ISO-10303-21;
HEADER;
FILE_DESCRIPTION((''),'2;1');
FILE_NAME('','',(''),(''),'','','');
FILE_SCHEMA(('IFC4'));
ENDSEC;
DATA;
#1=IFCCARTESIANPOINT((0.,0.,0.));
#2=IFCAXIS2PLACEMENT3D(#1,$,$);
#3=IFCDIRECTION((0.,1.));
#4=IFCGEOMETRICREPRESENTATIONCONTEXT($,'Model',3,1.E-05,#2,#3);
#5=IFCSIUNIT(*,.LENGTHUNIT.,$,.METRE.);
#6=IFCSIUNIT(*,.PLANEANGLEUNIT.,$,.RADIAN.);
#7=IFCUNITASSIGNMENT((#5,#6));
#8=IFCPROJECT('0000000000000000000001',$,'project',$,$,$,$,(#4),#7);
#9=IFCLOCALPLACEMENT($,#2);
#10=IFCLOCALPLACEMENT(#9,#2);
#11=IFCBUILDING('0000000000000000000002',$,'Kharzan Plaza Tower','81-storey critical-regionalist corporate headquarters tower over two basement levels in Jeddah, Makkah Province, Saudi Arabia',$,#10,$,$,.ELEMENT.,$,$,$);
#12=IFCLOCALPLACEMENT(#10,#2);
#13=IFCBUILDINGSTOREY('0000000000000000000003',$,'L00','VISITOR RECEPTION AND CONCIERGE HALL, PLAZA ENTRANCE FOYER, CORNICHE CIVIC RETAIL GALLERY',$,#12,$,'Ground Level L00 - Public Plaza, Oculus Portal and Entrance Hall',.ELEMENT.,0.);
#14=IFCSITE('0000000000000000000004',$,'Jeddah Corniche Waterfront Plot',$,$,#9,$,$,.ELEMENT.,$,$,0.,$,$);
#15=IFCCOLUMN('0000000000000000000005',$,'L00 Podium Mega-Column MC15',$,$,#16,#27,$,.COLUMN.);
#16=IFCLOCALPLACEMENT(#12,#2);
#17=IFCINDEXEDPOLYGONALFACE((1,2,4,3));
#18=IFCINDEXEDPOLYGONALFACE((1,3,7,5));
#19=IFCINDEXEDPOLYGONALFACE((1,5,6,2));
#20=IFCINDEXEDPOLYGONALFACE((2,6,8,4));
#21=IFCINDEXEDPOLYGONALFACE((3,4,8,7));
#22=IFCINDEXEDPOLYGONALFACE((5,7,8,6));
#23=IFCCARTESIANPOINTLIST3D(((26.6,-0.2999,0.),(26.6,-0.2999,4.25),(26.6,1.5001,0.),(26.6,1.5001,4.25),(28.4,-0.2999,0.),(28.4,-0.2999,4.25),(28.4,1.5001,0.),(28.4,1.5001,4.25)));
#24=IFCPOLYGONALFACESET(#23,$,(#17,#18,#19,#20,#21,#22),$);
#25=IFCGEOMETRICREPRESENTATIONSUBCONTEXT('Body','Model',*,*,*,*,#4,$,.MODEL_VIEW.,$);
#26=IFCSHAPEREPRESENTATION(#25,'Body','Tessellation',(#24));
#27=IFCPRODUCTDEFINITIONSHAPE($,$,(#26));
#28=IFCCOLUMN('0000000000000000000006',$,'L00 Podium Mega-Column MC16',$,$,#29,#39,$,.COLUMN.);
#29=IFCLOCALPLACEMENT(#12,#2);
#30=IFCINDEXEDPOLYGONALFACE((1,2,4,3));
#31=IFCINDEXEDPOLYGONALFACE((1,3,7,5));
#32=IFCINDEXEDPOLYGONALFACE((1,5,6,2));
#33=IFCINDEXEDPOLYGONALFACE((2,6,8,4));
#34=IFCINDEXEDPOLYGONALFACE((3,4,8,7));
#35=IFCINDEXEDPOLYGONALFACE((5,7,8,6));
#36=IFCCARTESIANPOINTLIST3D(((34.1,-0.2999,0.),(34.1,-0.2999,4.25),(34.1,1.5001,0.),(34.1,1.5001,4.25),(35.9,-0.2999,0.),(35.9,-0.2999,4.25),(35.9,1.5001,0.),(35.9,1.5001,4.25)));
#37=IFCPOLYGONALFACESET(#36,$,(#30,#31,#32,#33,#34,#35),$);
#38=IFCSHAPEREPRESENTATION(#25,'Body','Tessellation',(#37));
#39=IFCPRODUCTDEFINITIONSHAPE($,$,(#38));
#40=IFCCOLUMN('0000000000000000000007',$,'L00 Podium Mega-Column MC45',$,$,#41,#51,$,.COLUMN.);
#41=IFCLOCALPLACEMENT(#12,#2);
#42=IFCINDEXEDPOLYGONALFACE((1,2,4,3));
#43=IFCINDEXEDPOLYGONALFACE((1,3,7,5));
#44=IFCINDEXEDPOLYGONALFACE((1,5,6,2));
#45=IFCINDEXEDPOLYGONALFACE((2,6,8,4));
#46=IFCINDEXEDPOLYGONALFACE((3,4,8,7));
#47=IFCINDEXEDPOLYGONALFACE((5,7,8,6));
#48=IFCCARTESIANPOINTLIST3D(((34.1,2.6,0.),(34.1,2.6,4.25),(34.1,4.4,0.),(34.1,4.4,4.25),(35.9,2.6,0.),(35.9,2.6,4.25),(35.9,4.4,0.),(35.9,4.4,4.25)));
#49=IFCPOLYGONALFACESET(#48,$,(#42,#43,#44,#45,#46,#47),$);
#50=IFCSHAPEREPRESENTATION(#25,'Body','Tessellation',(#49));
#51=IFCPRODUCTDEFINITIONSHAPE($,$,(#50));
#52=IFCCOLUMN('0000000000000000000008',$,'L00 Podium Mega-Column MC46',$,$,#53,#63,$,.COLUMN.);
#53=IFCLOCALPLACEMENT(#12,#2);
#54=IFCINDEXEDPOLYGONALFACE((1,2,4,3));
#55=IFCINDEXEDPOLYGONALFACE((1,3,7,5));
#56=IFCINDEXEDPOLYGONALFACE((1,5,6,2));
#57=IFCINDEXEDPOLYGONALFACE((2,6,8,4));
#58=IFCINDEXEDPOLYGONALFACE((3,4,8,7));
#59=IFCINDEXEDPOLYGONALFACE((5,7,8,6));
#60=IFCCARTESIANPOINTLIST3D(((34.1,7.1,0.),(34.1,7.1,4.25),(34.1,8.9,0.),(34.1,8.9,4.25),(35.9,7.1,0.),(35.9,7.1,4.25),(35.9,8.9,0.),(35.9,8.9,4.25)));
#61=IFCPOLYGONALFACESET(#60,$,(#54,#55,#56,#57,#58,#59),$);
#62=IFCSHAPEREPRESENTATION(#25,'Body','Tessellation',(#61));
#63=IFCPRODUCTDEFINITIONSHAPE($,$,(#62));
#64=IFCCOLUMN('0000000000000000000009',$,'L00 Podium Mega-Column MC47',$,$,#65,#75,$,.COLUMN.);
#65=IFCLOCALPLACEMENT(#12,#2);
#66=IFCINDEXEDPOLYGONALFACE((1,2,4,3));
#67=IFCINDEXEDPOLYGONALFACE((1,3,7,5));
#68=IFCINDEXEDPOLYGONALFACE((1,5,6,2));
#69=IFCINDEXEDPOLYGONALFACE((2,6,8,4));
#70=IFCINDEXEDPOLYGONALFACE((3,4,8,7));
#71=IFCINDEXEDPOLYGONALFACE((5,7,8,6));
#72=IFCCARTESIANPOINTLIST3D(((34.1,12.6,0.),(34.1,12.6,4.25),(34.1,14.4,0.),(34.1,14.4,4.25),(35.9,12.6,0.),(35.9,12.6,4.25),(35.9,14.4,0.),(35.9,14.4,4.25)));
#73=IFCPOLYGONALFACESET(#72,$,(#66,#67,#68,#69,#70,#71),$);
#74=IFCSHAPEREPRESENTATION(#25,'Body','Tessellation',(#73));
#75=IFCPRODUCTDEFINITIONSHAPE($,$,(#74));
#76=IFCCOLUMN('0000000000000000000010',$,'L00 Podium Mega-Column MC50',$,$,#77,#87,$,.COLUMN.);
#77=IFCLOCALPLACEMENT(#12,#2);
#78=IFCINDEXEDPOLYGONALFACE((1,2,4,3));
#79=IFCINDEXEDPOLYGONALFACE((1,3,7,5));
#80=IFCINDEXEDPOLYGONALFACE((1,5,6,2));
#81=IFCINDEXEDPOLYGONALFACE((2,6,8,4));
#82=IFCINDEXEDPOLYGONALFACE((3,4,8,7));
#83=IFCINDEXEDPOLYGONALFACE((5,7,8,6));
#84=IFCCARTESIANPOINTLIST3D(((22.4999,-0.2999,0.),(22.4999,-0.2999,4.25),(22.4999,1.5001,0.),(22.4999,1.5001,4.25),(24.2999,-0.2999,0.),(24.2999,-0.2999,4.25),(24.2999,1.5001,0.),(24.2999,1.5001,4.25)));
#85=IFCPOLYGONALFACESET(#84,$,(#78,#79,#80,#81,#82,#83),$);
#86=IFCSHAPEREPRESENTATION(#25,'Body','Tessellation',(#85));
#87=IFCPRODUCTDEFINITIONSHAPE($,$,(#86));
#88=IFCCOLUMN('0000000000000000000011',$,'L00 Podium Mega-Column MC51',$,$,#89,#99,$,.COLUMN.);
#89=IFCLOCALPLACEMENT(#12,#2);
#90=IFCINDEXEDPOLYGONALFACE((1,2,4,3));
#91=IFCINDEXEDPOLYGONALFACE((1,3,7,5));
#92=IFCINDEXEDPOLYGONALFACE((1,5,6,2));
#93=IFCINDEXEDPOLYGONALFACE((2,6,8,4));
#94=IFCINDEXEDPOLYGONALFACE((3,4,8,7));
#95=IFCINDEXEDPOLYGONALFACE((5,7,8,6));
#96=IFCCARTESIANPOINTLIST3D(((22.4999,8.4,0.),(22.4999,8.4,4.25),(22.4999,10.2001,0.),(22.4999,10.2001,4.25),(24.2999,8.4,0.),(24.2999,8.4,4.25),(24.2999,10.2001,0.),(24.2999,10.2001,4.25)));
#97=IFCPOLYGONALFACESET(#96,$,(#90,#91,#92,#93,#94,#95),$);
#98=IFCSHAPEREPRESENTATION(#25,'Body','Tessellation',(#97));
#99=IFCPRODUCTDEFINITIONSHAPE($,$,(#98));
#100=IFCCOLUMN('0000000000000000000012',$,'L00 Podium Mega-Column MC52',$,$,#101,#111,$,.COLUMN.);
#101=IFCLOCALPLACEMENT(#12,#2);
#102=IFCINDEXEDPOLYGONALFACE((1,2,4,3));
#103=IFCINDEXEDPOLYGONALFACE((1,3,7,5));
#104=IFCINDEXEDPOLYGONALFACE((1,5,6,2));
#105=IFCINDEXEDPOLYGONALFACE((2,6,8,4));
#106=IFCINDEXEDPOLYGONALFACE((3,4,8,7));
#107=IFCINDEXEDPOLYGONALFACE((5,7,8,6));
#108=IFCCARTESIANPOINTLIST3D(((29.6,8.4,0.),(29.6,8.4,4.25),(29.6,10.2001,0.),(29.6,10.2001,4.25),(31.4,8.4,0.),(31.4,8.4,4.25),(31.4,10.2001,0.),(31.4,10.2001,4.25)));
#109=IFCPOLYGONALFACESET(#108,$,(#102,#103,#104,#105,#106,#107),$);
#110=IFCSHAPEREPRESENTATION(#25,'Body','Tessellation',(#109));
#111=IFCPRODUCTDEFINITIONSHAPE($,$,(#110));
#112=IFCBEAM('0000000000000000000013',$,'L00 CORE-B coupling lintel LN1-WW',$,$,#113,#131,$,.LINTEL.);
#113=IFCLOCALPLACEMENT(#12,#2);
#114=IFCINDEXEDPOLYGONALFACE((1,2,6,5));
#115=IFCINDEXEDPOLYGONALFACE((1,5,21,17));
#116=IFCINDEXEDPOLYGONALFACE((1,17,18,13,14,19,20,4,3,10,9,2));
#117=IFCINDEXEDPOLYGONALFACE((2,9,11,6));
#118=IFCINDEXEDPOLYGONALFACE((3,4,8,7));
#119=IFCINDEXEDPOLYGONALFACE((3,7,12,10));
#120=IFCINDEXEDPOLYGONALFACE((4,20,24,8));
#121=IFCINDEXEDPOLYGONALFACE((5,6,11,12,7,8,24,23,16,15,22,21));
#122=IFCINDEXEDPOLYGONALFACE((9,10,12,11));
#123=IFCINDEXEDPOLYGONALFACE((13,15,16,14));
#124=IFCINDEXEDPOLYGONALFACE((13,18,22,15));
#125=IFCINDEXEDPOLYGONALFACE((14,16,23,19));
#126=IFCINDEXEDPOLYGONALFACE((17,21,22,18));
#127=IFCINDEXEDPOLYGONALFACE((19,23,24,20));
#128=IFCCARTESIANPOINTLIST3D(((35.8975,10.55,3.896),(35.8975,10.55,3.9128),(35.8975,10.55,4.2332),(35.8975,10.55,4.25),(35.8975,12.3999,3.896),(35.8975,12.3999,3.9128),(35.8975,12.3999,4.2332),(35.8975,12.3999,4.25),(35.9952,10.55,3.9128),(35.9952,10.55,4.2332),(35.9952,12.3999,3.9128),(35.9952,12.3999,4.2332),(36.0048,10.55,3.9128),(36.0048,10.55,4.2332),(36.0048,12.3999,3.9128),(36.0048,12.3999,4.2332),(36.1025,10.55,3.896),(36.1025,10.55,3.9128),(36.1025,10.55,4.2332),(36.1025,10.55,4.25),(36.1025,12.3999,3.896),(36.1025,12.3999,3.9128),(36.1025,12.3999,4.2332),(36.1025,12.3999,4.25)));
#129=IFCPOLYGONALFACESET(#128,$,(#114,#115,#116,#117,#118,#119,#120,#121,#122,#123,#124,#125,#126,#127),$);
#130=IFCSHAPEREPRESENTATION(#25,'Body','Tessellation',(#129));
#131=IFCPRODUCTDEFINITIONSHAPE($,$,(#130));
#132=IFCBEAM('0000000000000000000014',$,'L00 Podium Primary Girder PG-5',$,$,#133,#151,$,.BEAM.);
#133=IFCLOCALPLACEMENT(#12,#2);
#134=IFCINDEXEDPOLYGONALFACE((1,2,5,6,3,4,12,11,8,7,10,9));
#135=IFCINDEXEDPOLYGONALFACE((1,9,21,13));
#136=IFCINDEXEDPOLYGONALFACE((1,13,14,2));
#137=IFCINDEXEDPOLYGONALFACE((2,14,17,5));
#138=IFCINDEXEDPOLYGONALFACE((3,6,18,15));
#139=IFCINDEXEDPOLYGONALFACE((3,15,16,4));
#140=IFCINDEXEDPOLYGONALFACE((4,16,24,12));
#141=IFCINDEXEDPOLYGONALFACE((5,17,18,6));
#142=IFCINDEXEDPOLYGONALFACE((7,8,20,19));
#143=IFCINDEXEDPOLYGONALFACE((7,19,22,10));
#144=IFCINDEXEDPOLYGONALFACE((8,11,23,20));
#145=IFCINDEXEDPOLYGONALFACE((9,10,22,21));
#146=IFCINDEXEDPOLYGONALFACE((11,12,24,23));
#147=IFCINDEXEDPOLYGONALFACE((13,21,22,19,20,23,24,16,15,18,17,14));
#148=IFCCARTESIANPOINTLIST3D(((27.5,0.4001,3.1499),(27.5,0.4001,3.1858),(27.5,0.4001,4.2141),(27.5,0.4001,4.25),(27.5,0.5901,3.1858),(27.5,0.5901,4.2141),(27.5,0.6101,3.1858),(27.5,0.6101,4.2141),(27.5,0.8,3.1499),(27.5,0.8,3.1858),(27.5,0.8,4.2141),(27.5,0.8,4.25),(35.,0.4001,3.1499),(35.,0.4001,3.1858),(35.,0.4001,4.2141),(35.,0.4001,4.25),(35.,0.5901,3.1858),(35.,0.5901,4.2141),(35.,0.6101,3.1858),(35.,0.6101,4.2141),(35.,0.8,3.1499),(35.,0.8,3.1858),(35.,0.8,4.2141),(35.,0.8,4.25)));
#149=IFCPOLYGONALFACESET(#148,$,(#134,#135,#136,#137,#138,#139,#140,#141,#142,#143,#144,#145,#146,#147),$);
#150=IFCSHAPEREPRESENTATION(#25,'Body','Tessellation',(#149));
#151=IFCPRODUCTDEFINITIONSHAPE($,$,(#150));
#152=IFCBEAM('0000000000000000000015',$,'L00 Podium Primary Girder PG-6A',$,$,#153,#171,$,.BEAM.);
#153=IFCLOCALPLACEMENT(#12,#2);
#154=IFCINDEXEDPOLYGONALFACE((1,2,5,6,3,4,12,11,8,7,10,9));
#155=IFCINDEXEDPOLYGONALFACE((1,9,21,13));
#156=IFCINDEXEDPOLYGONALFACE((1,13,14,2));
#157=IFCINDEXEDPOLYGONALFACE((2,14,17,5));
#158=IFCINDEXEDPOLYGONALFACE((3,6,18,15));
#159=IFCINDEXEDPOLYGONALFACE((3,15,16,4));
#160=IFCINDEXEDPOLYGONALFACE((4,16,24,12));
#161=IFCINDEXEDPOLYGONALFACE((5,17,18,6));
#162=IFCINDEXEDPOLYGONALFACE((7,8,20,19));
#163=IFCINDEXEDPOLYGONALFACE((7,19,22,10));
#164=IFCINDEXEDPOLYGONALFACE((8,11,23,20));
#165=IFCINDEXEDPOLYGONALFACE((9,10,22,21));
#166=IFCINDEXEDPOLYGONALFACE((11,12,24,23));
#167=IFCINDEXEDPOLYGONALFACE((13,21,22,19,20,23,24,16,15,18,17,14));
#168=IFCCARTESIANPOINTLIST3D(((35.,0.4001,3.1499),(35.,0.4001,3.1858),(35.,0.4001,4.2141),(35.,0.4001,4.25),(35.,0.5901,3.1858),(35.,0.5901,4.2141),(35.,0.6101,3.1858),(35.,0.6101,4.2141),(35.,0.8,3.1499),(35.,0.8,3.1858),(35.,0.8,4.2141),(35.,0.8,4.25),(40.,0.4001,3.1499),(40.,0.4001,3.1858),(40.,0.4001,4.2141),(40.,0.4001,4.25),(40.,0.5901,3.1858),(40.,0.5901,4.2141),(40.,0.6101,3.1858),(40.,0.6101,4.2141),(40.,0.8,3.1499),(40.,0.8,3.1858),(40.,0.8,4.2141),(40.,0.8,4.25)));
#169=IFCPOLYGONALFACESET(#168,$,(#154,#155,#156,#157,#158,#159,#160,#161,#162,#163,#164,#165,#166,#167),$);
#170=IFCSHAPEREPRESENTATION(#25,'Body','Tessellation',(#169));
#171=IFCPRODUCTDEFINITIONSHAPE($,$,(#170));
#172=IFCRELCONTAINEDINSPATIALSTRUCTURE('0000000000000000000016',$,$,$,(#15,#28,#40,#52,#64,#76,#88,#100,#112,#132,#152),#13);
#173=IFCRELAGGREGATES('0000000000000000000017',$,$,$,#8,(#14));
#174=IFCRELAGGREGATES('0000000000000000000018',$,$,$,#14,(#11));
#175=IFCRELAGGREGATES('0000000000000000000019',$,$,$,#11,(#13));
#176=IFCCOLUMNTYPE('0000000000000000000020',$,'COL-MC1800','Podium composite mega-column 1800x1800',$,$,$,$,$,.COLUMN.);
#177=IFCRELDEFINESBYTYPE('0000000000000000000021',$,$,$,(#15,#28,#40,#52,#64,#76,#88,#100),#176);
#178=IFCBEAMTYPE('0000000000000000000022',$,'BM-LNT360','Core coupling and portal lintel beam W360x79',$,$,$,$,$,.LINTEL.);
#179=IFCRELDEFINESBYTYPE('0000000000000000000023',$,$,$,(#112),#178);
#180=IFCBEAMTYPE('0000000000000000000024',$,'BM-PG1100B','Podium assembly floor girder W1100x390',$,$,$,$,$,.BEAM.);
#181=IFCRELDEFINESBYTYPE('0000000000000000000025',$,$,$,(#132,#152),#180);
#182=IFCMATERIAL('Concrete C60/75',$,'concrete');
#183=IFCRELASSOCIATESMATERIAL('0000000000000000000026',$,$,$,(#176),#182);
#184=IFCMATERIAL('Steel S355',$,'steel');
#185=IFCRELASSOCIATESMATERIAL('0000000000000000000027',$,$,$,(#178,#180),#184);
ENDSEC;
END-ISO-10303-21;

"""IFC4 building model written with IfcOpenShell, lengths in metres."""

from ifc_helpers import new_model, si_unit, direction, frame, origin, origin_2d, place, context, subcontext, project, spatial, rectangle, i_section, extrude, source, transform, mapped, material, material_profile, profile_set, type_object, element, save


model = new_model("IFC4")

# Units and contexts
model_context = context("Model", 3, precision=1e-05, world=origin(), true_north=direction((0.0, 1.0)))
body_context = subcontext(model_context, "Body", "Model", "MODEL_VIEW")
ifc_project = project(units=[si_unit("LENGTHUNIT", "METRE"), si_unit("PLANEANGLEUNIT", "RADIAN")], contexts=[model_context])

# Site, building, storey
site_placement = place(None, origin())
site = spatial("IfcSite", under=ifc_project, at=site_placement, Name="Jeddah Corniche Waterfront Plot", CompositionType="ELEMENT", RefElevation=0.0)
building_placement = place(site_placement, origin())
building = spatial("IfcBuilding", under=site, at=building_placement, Name="Kharzan Plaza Tower", Description="81-storey critical-regionalist corporate headquarters tower over two basement levels in Jeddah, Makkah Province, Saudi Arabia", CompositionType="ELEMENT")
storey_placement = place(building_placement, origin())
storey = spatial("IfcBuildingStorey", under=building, at=storey_placement, Name="L00", Description="VISITOR RECEPTION AND CONCIERGE HALL, PLAZA ENTRANCE FOYER, CORNICHE CIVIC RETAIL GALLERY", LongName="Ground Level L00 - Public Plaza, Oculus Portal and Entrance Hall", CompositionType="ELEMENT", Elevation=0.0)

# Columns
ifc_material_1 = material(Name="Concrete C60/75", Category="concrete")
ifc_material_profile_1 = material_profile(ifc_material_1, rectangle(XDim=1.8, YDim=1.8, at=origin_2d()), Name="RC-MC1800x1800")
ifc_profile_set_1 = profile_set([ifc_material_profile_1], Name="Concrete C60/75")
column_type = type_object("IfcColumnType", Name="COL-MC1800", Description="Podium composite mega-column 1800x1800", PredefinedType="COLUMN", material=ifc_profile_set_1)
shared_shape_1 = source(origin(), body_context, "Body", "SweptSolid", [
    extrude(rectangle(XDim=1.8, YDim=1.8, at=origin_2d()), origin(), (0.0, 0.0, 1.0), 4.25),
])
for number, where, z_axis, x_axis, name in (
    (1, (27.5, 0.6001, 0.0), (0.0, 0.0, 1.0), (1.0, 0.0, 0.0), "L00 Podium Mega-Column MC15"),
    (2, (35.0, 0.6001, 0.0), (0.0, 0.0, 1.0), (1.0, 0.0, 0.0), "L00 Podium Mega-Column MC16"),
    (3, (35.0, 3.5, 0.0), (0.0, 0.0, 1.0), (1.0, 0.0, 0.0), "L00 Podium Mega-Column MC45"),
    (4, (35.0, 8.0, 0.0), (0.0, 0.0, 1.0), (1.0, 0.0, 0.0), "L00 Podium Mega-Column MC46"),
    (5, (35.0, 13.5, 0.0), (0.0, 0.0, 1.0), (1.0, 0.0, 0.0), "L00 Podium Mega-Column MC47"),
    (6, (23.3999, 0.6001, 0.0), (0.0, 0.0, 1.0), (1.0, 0.0, 0.0), "L00 Podium Mega-Column MC50"),
    (7, (23.3999, 9.3, 0.0), (0.0, 0.0, 1.0), (1.0, 0.0, 0.0), "L00 Podium Mega-Column MC51"),
    (8, (30.5, 9.3, 0.0), (0.0, 0.0, 1.0), (1.0, 0.0, 0.0), "L00 Podium Mega-Column MC52"),
):
    element("IfcColumn", number, at=place(storey_placement, frame(where, z_axis=z_axis, x_axis=x_axis)), inside=storey, type_object=column_type, Name=name, PredefinedType="COLUMN", context=body_context, shape_type="MappedRepresentation", body=[
        mapped(shared_shape_1, transform((0.0, 0.0, 0.0), x_axis=(1.0, 0.0, 0.0), y_axis=(0.0, 1.0, 0.0), z_axis=(0.0, 0.0, 1.0))),
    ])

# Beams
ifc_material_2 = material(Name="Steel S355", Category="steel")
ifc_material_profile_2 = material_profile(ifc_material_2, i_section(OverallWidth=0.2051, OverallDepth=0.354, WebThickness=0.0095, FlangeThickness=0.0168, at=origin_2d()), Name="W360x79")
ifc_profile_set_2 = profile_set([ifc_material_profile_2], Name="Steel S355")
beam_type_1 = type_object("IfcBeamType", Name="BM-LNT360", Description="Core coupling and portal lintel beam W360x79", PredefinedType="LINTEL", material=ifc_profile_set_2)
shared_shape_2 = source(origin(), body_context, "Body", "SweptSolid", [
    extrude(i_section(OverallWidth=0.2051, OverallDepth=0.354, WebThickness=0.0095, FlangeThickness=0.0168, at=origin_2d()), origin(), (0.0, 0.0, 1.0), 1.8499),
])
beam_1_placement = place(storey_placement, frame((36.0, 10.55, 4.073), z_axis=(0.0, 1.0, 0.0), x_axis=(-1.0, 0.0, 0.0)))
element("IfcBeam", 9, at=beam_1_placement, inside=storey, type_object=beam_type_1, Name="L00 CORE-B coupling lintel LN1-WW", PredefinedType="LINTEL", context=body_context, shape_type="MappedRepresentation", body=[
    mapped(shared_shape_2, transform((0.0, 0.0, 0.0), x_axis=(1.0, 0.0, 0.0), y_axis=(0.0, 1.0, 0.0), z_axis=(0.0, 0.0, 1.0))),
])
ifc_material_profile_3 = material_profile(ifc_material_2, i_section(OverallWidth=0.3999, OverallDepth=1.1001, WebThickness=0.02, FlangeThickness=0.0359, at=origin_2d()), Name="W1100x390")
ifc_profile_set_3 = profile_set([ifc_material_profile_3], Name="Steel S355")
beam_type_2 = type_object("IfcBeamType", Name="BM-PG1100B", Description="Podium assembly floor girder W1100x390", PredefinedType="BEAM", material=ifc_profile_set_3)
shared_shape_3 = source(origin(), body_context, "Body", "SweptSolid", [
    extrude(i_section(OverallWidth=0.3999, OverallDepth=1.1001, WebThickness=0.02, FlangeThickness=0.0359, at=origin_2d()), origin(), (0.0, 0.0, 1.0), 7.5),
])
beam_2_placement = place(storey_placement, frame((27.5, 0.6001, 3.7), z_axis=(1.0, 0.0, 0.0), x_axis=(0.0, 1.0, 0.0)))
element("IfcBeam", 10, at=beam_2_placement, inside=storey, type_object=beam_type_2, Name="L00 Podium Primary Girder PG-5", PredefinedType="BEAM", context=body_context, shape_type="MappedRepresentation", body=[
    mapped(shared_shape_3, transform((0.0, 0.0, 0.0), x_axis=(1.0, 0.0, 0.0), y_axis=(0.0, 1.0, 0.0), z_axis=(0.0, 0.0, 1.0))),
])
shared_shape_4 = source(origin(), body_context, "Body", "SweptSolid", [
    extrude(i_section(OverallWidth=0.3999, OverallDepth=1.1001, WebThickness=0.02, FlangeThickness=0.0359, at=origin_2d()), origin(), (0.0, 0.0, 1.0), 5.0),
])
beam_3_placement = place(storey_placement, frame((35.0, 0.6001, 3.7), z_axis=(1.0, 0.0, 0.0), x_axis=(0.0, 1.0, 0.0)))
element("IfcBeam", 11, at=beam_3_placement, inside=storey, type_object=beam_type_2, Name="L00 Podium Primary Girder PG-6A", PredefinedType="BEAM", context=body_context, shape_type="MappedRepresentation", body=[
    mapped(shared_shape_4, transform((0.0, 0.0, 0.0), x_axis=(1.0, 0.0, 0.0), y_axis=(0.0, 1.0, 0.0), z_axis=(0.0, 0.0, 1.0))),
])

save(model, "model.ifc")
